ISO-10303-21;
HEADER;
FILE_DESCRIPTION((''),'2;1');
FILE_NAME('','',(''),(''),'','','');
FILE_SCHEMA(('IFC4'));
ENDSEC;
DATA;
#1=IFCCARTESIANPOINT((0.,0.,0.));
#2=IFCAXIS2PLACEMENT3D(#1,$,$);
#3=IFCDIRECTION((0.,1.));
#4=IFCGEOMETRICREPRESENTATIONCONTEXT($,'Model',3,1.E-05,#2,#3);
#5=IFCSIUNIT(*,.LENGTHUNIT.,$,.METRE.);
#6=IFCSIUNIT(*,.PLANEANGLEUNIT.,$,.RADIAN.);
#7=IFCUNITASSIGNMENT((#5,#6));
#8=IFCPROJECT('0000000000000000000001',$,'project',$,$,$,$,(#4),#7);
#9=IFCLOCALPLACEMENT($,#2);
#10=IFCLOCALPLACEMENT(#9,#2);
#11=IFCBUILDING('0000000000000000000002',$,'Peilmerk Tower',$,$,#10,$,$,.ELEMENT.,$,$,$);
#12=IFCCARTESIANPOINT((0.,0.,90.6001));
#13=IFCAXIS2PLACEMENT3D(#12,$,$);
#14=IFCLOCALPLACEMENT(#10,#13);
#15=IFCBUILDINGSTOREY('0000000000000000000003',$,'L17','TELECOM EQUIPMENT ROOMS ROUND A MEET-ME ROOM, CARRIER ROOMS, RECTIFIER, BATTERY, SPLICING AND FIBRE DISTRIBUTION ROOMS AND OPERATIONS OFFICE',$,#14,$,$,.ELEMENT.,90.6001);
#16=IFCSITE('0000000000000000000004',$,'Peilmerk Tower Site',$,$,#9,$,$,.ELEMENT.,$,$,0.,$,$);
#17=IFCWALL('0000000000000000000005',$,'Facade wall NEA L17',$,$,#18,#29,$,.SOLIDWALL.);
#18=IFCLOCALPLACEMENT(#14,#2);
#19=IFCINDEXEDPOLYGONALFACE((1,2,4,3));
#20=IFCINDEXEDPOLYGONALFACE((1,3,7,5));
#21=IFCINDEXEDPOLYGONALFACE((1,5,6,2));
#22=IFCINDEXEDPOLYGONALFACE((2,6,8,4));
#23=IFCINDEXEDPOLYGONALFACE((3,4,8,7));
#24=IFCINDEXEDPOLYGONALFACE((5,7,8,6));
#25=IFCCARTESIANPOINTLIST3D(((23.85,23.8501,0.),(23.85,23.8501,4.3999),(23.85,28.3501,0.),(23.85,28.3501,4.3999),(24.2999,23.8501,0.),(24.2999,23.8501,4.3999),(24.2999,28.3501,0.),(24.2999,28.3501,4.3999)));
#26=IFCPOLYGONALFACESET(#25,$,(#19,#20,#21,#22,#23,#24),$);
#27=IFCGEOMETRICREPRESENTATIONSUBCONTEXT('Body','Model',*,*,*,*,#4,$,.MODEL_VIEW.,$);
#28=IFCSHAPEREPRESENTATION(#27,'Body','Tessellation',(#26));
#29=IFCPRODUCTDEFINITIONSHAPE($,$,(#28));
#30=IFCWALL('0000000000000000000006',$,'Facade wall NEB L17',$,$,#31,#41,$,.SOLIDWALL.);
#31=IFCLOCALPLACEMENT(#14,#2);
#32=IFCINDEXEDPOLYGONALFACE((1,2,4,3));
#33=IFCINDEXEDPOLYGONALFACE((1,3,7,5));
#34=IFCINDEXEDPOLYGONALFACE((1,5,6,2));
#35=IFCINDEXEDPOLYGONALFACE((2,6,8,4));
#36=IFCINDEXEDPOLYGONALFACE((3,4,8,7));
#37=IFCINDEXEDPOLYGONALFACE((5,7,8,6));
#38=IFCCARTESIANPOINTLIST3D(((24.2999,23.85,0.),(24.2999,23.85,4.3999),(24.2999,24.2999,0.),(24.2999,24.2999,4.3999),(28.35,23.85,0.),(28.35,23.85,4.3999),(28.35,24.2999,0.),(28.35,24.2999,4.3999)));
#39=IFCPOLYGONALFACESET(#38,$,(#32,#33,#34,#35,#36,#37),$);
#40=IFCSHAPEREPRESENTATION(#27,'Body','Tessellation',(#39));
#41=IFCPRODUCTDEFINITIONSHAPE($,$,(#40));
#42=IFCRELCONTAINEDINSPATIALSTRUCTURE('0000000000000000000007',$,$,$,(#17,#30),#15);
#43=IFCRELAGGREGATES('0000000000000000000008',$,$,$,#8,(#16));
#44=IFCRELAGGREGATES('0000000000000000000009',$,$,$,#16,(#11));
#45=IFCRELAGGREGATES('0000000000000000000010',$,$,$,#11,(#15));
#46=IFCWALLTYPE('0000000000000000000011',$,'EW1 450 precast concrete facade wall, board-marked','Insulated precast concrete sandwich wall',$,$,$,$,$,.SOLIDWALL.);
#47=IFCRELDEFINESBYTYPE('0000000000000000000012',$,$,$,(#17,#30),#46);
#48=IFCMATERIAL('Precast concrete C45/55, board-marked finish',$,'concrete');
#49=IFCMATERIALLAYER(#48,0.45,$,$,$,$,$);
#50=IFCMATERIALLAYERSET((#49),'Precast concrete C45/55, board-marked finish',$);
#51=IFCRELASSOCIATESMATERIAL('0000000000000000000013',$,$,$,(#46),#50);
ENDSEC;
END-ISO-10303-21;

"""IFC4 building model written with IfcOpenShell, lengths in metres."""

from ifc_helpers import new_model, si_unit, direction, frame, frame_2d, origin, place, context, subcontext, project, spatial, rectangle, extrude, material, layer, layer_set, type_object, element, save


model = new_model("IFC4")

# Units and contexts
model_context = context("Model", 3, precision=1e-05, world=origin(), true_north=direction((0.0, 1.0)))
body_context = subcontext(model_context, "Body", "Model", "MODEL_VIEW")
ifc_project = project(units=[si_unit("LENGTHUNIT", "METRE"), si_unit("PLANEANGLEUNIT", "RADIAN")], contexts=[model_context])

# Site, building, storey
site_placement = place(None, origin())
site = spatial("IfcSite", under=ifc_project, at=site_placement, Name="Peilmerk Tower Site", CompositionType="ELEMENT", RefElevation=0.0)
building_placement = place(site_placement, origin())
building = spatial("IfcBuilding", under=site, at=building_placement, Name="Peilmerk Tower", CompositionType="ELEMENT")
storey_placement = place(building_placement, frame((0.0, 0.0, 90.6001)))
storey = spatial("IfcBuildingStorey", under=building, at=storey_placement, Name="L17", Description="TELECOM EQUIPMENT ROOMS ROUND A MEET-ME ROOM, CARRIER ROOMS, RECTIFIER, BATTERY, SPLICING AND FIBRE DISTRIBUTION ROOMS AND OPERATIONS OFFICE", CompositionType="ELEMENT", Elevation=90.6001)

# Shared definitions
ifc_material_1 = material(Name="Precast concrete C45/55, board-marked finish", Category="concrete")
ifc_layer = layer(ifc_material_1, 0.45)
ifc_layer_set = layer_set([ifc_layer], Name="Precast concrete C45/55, board-marked finish")
wall_type = type_object("IfcWallType", Name="EW1 450 precast concrete facade wall, board-marked", Description="Insulated precast concrete sandwich wall", PredefinedType="SOLIDWALL", material=ifc_layer_set)

# Walls
wall_1_placement = place(storey_placement, frame((24.075, 23.8501, 0.0), z_axis=(0.0, 0.0, 1.0), x_axis=(0.0, 1.0, 0.0)))
element("IfcWall", 1, at=wall_1_placement, inside=storey, type_object=wall_type, Name="Facade wall NEA L17", PredefinedType="SOLIDWALL", context=body_context, shape_type="SweptSolid", body=[
    extrude(rectangle(XDim=4.5, YDim=0.45, at=frame_2d((2.25, 0.0))), origin(), (0.0, 0.0, 1.0), 4.3999),
])
wall_2_placement = place(storey_placement, frame((24.3, 24.075, 0.0), z_axis=(0.0, 0.0, 1.0), x_axis=(1.0, 0.0, 0.0)))
element("IfcWall", 2, at=wall_2_placement, inside=storey, type_object=wall_type, Name="Facade wall NEB L17", PredefinedType="SOLIDWALL", context=body_context, shape_type="SweptSolid", body=[
    extrude(rectangle(XDim=4.05, YDim=0.45, at=frame_2d((2.0249, 0.0))), origin(), (0.0, 0.0, 1.0), 4.3999),
])

save(model, "model.ifc")
